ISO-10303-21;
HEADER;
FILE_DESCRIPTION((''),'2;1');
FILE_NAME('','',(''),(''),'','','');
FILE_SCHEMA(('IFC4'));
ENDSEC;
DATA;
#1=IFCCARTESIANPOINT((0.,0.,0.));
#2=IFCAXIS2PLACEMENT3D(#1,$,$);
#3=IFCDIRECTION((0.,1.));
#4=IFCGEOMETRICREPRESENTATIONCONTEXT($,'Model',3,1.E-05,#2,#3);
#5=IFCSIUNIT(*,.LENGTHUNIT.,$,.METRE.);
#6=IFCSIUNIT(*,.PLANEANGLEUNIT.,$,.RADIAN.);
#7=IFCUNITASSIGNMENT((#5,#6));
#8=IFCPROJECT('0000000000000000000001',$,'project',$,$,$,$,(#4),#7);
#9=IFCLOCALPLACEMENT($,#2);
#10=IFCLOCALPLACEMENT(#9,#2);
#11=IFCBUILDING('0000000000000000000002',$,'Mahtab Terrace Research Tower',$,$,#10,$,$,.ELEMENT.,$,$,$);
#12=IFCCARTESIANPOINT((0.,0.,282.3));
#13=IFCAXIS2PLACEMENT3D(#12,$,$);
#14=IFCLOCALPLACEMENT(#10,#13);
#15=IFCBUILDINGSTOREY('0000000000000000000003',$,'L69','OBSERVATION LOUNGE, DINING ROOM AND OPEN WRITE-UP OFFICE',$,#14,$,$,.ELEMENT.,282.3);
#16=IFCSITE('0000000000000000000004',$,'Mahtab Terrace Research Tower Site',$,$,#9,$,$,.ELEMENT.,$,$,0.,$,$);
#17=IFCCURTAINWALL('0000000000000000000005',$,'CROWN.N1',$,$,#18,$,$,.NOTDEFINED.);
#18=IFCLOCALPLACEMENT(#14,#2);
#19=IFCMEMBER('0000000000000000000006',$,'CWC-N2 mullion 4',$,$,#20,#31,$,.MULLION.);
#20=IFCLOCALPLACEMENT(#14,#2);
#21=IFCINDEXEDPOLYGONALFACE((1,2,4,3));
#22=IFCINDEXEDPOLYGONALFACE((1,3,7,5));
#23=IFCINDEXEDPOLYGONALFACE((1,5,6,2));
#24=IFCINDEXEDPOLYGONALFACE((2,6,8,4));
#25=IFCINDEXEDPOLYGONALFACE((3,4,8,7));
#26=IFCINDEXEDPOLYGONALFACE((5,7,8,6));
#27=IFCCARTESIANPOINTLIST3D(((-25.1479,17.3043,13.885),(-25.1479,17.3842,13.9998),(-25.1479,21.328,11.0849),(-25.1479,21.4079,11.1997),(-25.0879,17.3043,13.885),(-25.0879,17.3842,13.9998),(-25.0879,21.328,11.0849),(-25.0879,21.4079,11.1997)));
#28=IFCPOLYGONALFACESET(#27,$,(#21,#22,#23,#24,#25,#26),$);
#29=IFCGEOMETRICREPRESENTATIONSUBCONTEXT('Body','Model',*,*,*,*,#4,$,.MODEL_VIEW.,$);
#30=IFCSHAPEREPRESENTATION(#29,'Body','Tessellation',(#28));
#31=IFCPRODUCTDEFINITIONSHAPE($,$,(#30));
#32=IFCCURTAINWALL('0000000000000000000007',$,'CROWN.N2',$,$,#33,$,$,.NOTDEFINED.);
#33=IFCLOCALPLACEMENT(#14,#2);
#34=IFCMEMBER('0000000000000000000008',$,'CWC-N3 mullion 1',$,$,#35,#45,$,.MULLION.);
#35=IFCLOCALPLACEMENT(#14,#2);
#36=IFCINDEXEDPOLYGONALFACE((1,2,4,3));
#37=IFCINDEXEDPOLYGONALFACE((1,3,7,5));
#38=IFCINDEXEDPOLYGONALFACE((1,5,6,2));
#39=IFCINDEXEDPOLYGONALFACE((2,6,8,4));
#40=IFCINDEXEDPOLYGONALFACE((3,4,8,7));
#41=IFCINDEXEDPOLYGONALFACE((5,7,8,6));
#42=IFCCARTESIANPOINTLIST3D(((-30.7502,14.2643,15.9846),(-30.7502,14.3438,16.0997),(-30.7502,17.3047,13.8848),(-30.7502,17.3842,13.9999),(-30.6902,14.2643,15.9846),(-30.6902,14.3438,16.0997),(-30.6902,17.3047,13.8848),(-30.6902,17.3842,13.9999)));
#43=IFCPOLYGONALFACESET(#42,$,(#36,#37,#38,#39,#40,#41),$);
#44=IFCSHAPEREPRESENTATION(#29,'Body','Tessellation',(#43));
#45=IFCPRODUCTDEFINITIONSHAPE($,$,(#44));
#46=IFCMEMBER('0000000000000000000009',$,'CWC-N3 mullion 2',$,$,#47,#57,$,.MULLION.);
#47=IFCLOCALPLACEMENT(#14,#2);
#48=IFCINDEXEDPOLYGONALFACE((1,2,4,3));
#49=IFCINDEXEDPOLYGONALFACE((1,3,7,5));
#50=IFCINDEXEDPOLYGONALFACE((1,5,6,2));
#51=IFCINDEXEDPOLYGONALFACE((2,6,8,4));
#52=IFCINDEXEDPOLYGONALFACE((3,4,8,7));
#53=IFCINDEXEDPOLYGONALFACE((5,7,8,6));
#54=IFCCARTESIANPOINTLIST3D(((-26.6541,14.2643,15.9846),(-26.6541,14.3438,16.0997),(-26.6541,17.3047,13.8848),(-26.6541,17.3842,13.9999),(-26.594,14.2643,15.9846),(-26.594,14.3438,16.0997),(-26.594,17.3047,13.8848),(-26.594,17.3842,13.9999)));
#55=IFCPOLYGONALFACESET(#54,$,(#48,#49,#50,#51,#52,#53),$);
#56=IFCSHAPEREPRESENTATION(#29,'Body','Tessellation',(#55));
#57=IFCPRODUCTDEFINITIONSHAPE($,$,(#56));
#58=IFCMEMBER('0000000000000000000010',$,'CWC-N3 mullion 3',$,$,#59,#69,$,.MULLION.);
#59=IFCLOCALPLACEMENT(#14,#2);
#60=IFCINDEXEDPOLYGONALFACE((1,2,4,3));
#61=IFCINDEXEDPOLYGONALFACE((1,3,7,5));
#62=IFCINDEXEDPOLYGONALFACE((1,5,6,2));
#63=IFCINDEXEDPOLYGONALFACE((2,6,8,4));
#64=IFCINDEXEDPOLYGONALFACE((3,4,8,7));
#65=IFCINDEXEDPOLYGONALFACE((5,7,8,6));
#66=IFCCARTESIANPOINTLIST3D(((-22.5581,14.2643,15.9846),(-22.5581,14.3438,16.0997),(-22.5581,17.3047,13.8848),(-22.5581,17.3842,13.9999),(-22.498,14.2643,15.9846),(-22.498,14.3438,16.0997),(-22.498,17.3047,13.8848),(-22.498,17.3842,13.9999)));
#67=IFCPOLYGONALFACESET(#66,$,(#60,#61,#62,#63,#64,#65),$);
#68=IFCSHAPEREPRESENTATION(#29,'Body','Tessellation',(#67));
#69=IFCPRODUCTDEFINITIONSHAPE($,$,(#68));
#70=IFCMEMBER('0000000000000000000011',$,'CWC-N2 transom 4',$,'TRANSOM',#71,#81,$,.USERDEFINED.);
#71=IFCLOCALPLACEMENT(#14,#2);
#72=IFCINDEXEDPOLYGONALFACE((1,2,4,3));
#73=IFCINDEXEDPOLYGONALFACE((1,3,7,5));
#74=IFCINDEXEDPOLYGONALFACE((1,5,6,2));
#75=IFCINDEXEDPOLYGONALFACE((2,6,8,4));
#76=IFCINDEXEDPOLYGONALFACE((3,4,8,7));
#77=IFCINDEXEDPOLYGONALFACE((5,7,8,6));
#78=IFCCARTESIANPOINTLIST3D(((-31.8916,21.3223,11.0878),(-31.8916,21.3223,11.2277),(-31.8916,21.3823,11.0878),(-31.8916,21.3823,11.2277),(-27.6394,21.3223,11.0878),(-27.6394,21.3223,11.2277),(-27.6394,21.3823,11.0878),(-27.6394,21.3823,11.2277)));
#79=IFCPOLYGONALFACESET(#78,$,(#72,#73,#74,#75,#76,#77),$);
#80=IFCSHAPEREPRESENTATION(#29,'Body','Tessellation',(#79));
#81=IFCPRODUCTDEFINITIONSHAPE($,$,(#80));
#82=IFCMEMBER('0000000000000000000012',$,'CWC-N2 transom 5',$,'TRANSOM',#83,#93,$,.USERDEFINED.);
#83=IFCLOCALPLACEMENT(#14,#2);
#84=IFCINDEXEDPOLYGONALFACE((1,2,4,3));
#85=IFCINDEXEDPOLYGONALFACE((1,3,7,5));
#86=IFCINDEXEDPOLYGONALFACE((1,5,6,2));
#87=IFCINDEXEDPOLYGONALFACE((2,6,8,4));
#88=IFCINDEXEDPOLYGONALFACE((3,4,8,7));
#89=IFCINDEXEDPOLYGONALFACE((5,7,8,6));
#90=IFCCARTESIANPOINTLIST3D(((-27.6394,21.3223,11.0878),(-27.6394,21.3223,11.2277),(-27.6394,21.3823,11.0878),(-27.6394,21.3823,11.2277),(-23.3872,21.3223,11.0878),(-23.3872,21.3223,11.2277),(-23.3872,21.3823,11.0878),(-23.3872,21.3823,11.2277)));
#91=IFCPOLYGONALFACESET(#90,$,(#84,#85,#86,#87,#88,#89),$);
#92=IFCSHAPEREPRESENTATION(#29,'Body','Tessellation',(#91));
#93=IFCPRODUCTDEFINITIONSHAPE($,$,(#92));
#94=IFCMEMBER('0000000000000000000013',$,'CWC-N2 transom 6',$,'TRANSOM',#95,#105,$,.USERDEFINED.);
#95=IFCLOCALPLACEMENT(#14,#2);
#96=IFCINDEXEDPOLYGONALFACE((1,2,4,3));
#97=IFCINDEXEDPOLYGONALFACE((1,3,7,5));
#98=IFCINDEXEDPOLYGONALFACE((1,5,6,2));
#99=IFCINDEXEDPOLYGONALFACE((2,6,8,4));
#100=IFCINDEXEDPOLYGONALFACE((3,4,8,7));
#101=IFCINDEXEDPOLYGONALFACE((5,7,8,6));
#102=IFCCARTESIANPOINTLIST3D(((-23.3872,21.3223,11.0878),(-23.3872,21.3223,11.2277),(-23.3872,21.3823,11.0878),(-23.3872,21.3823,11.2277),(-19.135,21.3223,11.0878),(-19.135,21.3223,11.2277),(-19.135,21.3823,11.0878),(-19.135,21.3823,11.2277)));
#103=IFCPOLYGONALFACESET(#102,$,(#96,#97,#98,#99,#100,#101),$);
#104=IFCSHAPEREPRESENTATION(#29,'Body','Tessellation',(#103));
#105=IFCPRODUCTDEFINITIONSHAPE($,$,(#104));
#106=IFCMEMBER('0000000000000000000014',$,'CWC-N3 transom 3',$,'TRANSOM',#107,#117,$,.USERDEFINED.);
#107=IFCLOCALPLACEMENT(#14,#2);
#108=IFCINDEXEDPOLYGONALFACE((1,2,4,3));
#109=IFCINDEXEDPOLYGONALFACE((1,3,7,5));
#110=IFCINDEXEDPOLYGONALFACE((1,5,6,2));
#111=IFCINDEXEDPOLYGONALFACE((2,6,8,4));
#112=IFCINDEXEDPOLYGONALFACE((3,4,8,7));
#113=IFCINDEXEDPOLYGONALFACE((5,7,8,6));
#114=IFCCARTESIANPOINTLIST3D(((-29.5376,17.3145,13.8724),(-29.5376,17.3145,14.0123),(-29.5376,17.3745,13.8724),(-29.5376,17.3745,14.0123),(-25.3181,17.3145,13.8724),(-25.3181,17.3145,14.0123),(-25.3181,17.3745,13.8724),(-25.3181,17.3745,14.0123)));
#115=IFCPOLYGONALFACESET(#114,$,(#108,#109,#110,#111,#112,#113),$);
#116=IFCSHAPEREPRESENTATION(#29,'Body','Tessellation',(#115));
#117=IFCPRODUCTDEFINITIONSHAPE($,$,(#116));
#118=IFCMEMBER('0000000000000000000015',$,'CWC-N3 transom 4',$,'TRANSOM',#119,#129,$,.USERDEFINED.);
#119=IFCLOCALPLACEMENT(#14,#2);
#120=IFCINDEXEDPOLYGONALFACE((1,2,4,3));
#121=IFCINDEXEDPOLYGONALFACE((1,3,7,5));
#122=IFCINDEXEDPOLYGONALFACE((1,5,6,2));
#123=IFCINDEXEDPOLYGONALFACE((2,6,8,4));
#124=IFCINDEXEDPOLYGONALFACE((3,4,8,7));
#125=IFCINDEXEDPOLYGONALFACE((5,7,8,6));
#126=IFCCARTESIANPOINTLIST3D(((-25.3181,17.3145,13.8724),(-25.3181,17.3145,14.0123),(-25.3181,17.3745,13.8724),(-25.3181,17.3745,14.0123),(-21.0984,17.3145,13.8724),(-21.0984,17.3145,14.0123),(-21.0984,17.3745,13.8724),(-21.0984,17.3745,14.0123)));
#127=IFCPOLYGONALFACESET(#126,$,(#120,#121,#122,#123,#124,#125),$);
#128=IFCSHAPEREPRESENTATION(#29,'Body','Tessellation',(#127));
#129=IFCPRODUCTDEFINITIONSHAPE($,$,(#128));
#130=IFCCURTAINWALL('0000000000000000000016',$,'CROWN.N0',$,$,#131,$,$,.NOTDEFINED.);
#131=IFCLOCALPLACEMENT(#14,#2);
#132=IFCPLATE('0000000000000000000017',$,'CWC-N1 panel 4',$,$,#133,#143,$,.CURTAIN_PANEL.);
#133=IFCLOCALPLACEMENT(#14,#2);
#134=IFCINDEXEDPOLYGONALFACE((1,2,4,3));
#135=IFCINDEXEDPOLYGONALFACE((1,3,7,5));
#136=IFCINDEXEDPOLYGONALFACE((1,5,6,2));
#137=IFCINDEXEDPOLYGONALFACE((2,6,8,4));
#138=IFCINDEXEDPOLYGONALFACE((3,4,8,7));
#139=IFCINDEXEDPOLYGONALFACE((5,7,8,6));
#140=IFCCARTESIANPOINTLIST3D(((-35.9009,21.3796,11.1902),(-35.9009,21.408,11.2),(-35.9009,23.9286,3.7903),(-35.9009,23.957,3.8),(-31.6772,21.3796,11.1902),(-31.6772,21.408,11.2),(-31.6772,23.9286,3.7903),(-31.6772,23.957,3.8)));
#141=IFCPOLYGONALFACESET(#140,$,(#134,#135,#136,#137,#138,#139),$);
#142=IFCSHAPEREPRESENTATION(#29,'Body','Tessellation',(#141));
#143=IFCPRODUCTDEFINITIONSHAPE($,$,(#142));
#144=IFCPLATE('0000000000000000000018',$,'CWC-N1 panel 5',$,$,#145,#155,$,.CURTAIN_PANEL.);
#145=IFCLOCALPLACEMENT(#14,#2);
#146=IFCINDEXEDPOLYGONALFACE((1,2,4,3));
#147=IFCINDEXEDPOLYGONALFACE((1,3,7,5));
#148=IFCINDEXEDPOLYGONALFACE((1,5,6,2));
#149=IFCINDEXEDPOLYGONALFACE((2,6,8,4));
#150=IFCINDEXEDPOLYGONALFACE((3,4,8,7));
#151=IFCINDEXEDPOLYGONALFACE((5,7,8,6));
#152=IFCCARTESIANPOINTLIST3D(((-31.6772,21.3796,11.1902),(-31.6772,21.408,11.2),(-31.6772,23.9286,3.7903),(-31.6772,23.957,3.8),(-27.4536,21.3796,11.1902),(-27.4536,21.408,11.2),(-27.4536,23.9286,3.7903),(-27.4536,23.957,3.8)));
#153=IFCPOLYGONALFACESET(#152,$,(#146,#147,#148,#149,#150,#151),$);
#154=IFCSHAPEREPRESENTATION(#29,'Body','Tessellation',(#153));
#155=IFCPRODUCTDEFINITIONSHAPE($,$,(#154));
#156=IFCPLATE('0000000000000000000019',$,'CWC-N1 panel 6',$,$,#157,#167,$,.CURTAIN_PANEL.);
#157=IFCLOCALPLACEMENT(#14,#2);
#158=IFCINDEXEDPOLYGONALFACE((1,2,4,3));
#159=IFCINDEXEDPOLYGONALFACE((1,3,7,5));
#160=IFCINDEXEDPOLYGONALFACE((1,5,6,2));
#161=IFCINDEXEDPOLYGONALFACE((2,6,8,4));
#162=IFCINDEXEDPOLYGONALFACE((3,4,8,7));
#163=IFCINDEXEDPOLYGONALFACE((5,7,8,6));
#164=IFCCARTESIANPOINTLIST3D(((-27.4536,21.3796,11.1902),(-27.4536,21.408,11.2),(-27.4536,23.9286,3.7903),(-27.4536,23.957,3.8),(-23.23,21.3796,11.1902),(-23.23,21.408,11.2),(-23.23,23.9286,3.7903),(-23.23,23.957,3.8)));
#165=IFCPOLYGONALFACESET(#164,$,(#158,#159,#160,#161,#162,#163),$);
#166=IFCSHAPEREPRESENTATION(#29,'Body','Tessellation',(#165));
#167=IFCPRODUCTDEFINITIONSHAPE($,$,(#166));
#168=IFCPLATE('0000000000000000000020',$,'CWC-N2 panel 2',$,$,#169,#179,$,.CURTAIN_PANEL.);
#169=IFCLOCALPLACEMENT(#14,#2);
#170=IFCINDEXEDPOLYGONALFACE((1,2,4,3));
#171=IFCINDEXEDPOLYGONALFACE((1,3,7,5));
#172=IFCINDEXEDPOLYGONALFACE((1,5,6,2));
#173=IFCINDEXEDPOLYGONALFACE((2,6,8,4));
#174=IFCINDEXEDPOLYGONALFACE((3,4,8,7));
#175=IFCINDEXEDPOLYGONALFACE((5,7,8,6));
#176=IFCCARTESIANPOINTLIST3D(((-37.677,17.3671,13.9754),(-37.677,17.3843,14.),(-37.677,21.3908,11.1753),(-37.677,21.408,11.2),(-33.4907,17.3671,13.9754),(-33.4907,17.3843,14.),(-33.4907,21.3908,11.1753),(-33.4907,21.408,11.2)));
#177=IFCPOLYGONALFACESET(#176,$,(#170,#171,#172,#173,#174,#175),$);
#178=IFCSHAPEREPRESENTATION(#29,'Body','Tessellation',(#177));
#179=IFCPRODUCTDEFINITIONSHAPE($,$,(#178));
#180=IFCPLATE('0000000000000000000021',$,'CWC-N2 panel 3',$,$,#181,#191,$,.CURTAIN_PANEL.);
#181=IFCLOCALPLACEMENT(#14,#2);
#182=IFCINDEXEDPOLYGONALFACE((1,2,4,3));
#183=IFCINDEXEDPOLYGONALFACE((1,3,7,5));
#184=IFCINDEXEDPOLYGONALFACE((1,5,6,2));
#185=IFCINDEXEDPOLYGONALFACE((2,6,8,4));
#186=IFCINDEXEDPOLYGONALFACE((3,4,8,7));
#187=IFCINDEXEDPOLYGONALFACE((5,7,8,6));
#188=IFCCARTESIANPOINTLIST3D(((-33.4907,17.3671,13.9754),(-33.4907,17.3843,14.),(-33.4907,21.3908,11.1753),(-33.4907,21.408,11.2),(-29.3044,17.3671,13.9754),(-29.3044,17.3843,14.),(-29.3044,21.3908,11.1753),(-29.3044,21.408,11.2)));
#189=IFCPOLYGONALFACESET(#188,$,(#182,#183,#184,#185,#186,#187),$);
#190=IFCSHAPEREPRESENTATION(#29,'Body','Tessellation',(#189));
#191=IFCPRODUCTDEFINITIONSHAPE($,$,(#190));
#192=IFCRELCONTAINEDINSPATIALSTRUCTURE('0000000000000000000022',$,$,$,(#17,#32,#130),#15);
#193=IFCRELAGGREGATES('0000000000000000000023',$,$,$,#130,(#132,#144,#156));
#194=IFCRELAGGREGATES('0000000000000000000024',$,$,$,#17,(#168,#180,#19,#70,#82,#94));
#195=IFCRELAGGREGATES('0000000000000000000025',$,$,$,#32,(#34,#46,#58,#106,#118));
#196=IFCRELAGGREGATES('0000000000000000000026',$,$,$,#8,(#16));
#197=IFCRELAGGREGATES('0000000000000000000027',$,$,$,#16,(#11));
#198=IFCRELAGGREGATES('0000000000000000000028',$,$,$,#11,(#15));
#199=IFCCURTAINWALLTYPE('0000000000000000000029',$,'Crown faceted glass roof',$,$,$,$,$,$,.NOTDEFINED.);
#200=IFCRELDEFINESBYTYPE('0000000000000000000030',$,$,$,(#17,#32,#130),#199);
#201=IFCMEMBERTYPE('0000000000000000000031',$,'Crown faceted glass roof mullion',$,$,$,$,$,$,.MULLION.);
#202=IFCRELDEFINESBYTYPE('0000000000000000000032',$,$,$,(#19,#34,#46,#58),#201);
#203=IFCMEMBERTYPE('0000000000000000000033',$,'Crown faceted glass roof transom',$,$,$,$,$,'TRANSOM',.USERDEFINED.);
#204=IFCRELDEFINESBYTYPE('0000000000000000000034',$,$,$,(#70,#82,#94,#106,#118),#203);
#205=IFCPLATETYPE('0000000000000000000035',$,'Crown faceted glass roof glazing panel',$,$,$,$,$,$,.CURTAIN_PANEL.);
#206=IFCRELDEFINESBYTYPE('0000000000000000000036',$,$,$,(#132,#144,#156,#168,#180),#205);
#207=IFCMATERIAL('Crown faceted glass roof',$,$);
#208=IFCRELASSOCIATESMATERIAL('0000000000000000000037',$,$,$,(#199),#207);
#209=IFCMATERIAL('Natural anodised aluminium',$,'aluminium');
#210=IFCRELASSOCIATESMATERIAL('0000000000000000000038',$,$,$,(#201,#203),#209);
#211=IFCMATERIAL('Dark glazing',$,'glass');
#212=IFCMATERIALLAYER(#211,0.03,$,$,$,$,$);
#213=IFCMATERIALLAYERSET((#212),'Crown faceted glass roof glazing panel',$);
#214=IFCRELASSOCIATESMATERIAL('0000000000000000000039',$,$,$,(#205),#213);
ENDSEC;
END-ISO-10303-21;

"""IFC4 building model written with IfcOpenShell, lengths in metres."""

from ifc_helpers import new_model, si_unit, direction, frame, origin, origin_2d, place, context, subcontext, project, spatial, polyline, rectangle, outline, extrude, material, layer, layer_set, material_profile, profile_set, type_object, element, aggregate, save


model = new_model("IFC4")

# Units and contexts
model_context = context("Model", 3, precision=1e-05, world=origin(), true_north=direction((0.0, 1.0)))
body_context = subcontext(model_context, "Body", "Model", "MODEL_VIEW")
ifc_project = project(units=[si_unit("LENGTHUNIT", "METRE"), si_unit("PLANEANGLEUNIT", "RADIAN")], contexts=[model_context])

# Site, building, storey
site_placement = place(None, origin())
site = spatial("IfcSite", under=ifc_project, at=site_placement, Name="Mahtab Terrace Research Tower Site", CompositionType="ELEMENT", RefElevation=0.0)
building_placement = place(site_placement, origin())
building = spatial("IfcBuilding", under=site, at=building_placement, Name="Mahtab Terrace Research Tower", CompositionType="ELEMENT")
storey_placement = place(building_placement, frame((0.0, 0.0, 282.3)))
storey = spatial("IfcBuildingStorey", under=building, at=storey_placement, Name="L69", Description="OBSERVATION LOUNGE, DINING ROOM AND OPEN WRITE-UP OFFICE", CompositionType="ELEMENT", Elevation=282.3)

# Curtain wall, member
ifc_material_1 = material(Name="Crown faceted glass roof")
curtain_wall_type = type_object("IfcCurtainWallType", Name="Crown faceted glass roof", PredefinedType="NOTDEFINED", material=ifc_material_1)
curtain_wall_1_placement = place(storey_placement, origin())
curtain_wall_1 = element("IfcCurtainWall", 1, at=curtain_wall_1_placement, inside=storey, type_object=curtain_wall_type, Name="CROWN.N1", PredefinedType="NOTDEFINED")
ifc_material_2 = material(Name="Natural anodised aluminium", Category="aluminium")
ifc_material_profile_1 = material_profile(ifc_material_2, rectangle(XDim=0.0601, YDim=0.1399, at=origin_2d()), Name="MULLION 60x140")
ifc_profile_set_1 = profile_set([ifc_material_profile_1], Name="Natural anodised aluminium")
member_type_1 = type_object("IfcMemberType", Name="Crown faceted glass roof mullion", PredefinedType="MULLION", material=ifc_profile_set_1)
member_1_placement = place(storey_placement, frame((-25.1179, 21.3679, 11.1423), z_axis=(0.0, -0.820813, 0.571197), x_axis=(1.0, 0.0, 0.0)))
member_1 = element("IfcMember", 2, at=member_1_placement, type_object=member_type_1, Name="CWC-N2 mullion 4", PredefinedType="MULLION", context=body_context, shape_type="SweptSolid", body=[
    extrude(rectangle(XDim=0.0601, YDim=0.1399, at=origin_2d()), origin(), (0.0, 0.0, 1.0), 4.9021),
])

# Curtain wall, members
curtain_wall_2_placement = place(storey_placement, origin())
curtain_wall_2 = element("IfcCurtainWall", 3, at=curtain_wall_2_placement, inside=storey, type_object=curtain_wall_type, Name="CROWN.N2", PredefinedType="NOTDEFINED")
member_2_placement = place(storey_placement, frame((-30.7202, 17.3445, 13.9424), z_axis=(0.0, -0.822841, 0.568272), x_axis=(1.0, 0.0, 0.0)))
member_2 = element("IfcMember", 4, at=member_2_placement, type_object=member_type_1, Name="CWC-N3 mullion 1", PredefinedType="MULLION", context=body_context, shape_type="SweptSolid", body=[
    extrude(rectangle(XDim=0.0601, YDim=0.1399, at=origin_2d()), origin(), (0.0, 0.0, 1.0), 3.6951),
])
member_3_placement = place(storey_placement, frame((-26.624, 17.3445, 13.9424), z_axis=(0.0, -0.822841, 0.568272), x_axis=(1.0, 0.0, 0.0)))
member_3 = element("IfcMember", 5, at=member_3_placement, type_object=member_type_1, Name="CWC-N3 mullion 2", PredefinedType="MULLION", context=body_context, shape_type="SweptSolid", body=[
    extrude(rectangle(XDim=0.0601, YDim=0.1399, at=origin_2d()), origin(), (0.0, 0.0, 1.0), 3.6951),
])
member_4_placement = place(storey_placement, frame((-22.5281, 17.3445, 13.9424), z_axis=(0.0, -0.822841, 0.568272), x_axis=(1.0, 0.0, 0.0)))
member_4 = element("IfcMember", 6, at=member_4_placement, type_object=member_type_1, Name="CWC-N3 mullion 3", PredefinedType="MULLION", context=body_context, shape_type="SweptSolid", body=[
    extrude(rectangle(XDim=0.0601, YDim=0.1399, at=origin_2d()), origin(), (0.0, 0.0, 1.0), 3.6951),
])

# Members
ifc_material_profile_2 = material_profile(ifc_material_2, rectangle(XDim=0.0601, YDim=0.1399, at=origin_2d()), Name="TRANSOM 60x140")
ifc_profile_set_2 = profile_set([ifc_material_profile_2], Name="Natural anodised aluminium")
member_type_2 = type_object("IfcMemberType", Name="Crown faceted glass roof transom", ElementType="TRANSOM", PredefinedType="USERDEFINED", material=ifc_profile_set_2)
member_5_placement = place(storey_placement, frame((-31.8916, 21.3523, 11.1577), z_axis=(1.0, 0.0, 0.0), x_axis=(0.0, 1.0, 0.0)))
member_5 = element("IfcMember", 7, at=member_5_placement, type_object=member_type_2, Name="CWC-N2 transom 4", ObjectType="TRANSOM", PredefinedType="USERDEFINED", context=body_context, shape_type="SweptSolid", body=[
    extrude(rectangle(XDim=0.0601, YDim=0.1399, at=origin_2d()), origin(), (0.0, 0.0, 1.0), 4.2522),
])
member_6_placement = place(storey_placement, frame((-27.6394, 21.3523, 11.1577), z_axis=(1.0, 0.0, 0.0), x_axis=(0.0, 1.0, 0.0)))
member_6 = element("IfcMember", 8, at=member_6_placement, type_object=member_type_2, Name="CWC-N2 transom 5", ObjectType="TRANSOM", PredefinedType="USERDEFINED", context=body_context, shape_type="SweptSolid", body=[
    extrude(rectangle(XDim=0.0601, YDim=0.1399, at=origin_2d()), origin(), (0.0, 0.0, 1.0), 4.2522),
])
member_7_placement = place(storey_placement, frame((-23.3872, 21.3523, 11.1577), z_axis=(1.0, 0.0, 0.0), x_axis=(0.0, 1.0, 0.0)))
member_7 = element("IfcMember", 9, at=member_7_placement, type_object=member_type_2, Name="CWC-N2 transom 6", ObjectType="TRANSOM", PredefinedType="USERDEFINED", context=body_context, shape_type="SweptSolid", body=[
    extrude(rectangle(XDim=0.0601, YDim=0.1399, at=origin_2d()), origin(), (0.0, 0.0, 1.0), 4.2522),
])
member_8_placement = place(storey_placement, frame((-29.5376, 17.3445, 13.9424), z_axis=(1.0, 0.0, 0.0), x_axis=(0.0, 1.0, 0.0)))
member_8 = element("IfcMember", 10, at=member_8_placement, type_object=member_type_2, Name="CWC-N3 transom 3", ObjectType="TRANSOM", PredefinedType="USERDEFINED", context=body_context, shape_type="SweptSolid", body=[
    extrude(rectangle(XDim=0.0601, YDim=0.1399, at=origin_2d()), origin(), (0.0, 0.0, 1.0), 4.2195),
])
member_9_placement = place(storey_placement, frame((-25.3181, 17.3445, 13.9424), z_axis=(1.0, 0.0, 0.0), x_axis=(0.0, 1.0, 0.0)))
member_9 = element("IfcMember", 11, at=member_9_placement, type_object=member_type_2, Name="CWC-N3 transom 4", ObjectType="TRANSOM", PredefinedType="USERDEFINED", context=body_context, shape_type="SweptSolid", body=[
    extrude(rectangle(XDim=0.0601, YDim=0.1399, at=origin_2d()), origin(), (0.0, 0.0, 1.0), 4.2197),
])

# Curtain wall, plates
curtain_wall_3_placement = place(storey_placement, origin())
curtain_wall_3 = element("IfcCurtainWall", 12, at=curtain_wall_3_placement, inside=storey, type_object=curtain_wall_type, Name="CROWN.N0", PredefinedType="NOTDEFINED")
ifc_material_3 = material(Name="Dark glazing", Category="glass")
ifc_layer_1 = layer(ifc_material_3, 0.03)
ifc_layer_set_1 = layer_set([ifc_layer_1], Name="Crown faceted glass roof glazing panel")
plate_type = type_object("IfcPlateType", Name="Crown faceted glass roof glazing panel", PredefinedType="CURTAIN_PANEL", material=ifc_layer_set_1)
plate_1_placement = place(storey_placement, frame((-31.6772, 21.408, 11.2), z_axis=(0.0, 0.945476, 0.325692), x_axis=(0.0, 0.325692, -0.945476)))
plate_1 = element("IfcPlate", 13, at=plate_1_placement, type_object=plate_type, Name="CWC-N1 panel 4", PredefinedType="CURTAIN_PANEL", context=body_context, shape_type="SweptSolid", body=[
    extrude(outline(polyline([(0.0, 0.0), (7.8266, 0.0), (7.8266, 4.2236), (0.0, 4.2236), (0.0, 0.0)])), origin(), (0.0, 0.0, -1.0), 0.03),
])
plate_2_placement = place(storey_placement, frame((-27.4536, 21.408, 11.2), z_axis=(0.0, 0.945476, 0.325692), x_axis=(0.0, 0.325692, -0.945476)))
plate_2 = element("IfcPlate", 14, at=plate_2_placement, type_object=plate_type, Name="CWC-N1 panel 5", PredefinedType="CURTAIN_PANEL", context=body_context, shape_type="SweptSolid", body=[
    extrude(outline(polyline([(0.0, 0.0), (7.8266, 0.0), (7.8266, 4.2236), (0.0, 4.2236), (0.0, 0.0)])), origin(), (0.0, 0.0, -1.0), 0.03),
])
plate_3_placement = place(storey_placement, frame((-23.23, 21.408, 11.2), z_axis=(0.0, 0.945476, 0.325692), x_axis=(0.0, 0.325692, -0.945476)))
plate_3 = element("IfcPlate", 15, at=plate_3_placement, type_object=plate_type, Name="CWC-N1 panel 6", PredefinedType="CURTAIN_PANEL", context=body_context, shape_type="SweptSolid", body=[
    extrude(outline(polyline([(0.0, 0.0), (7.8266, 0.0), (7.8266, 4.2236), (0.0, 4.2236), (0.0, 0.0)])), origin(), (0.0, 0.0, -1.0), 0.03),
])
aggregate(curtain_wall_3, [plate_1, plate_2, plate_3])

# Plates
plate_4_placement = place(storey_placement, frame((-33.4907, 17.3843, 14.0), z_axis=(0.0, 0.571197, 0.820813), x_axis=(0.0, 0.820813, -0.571197)))
plate_4 = element("IfcPlate", 16, at=plate_4_placement, type_object=plate_type, Name="CWC-N2 panel 2", PredefinedType="CURTAIN_PANEL", context=body_context, shape_type="SweptSolid", body=[
    extrude(outline(polyline([(0.0, 0.0), (4.9021, 0.0), (4.9021, 4.1863), (0.0, 4.1863), (0.0, 0.0)])), origin(), (0.0, 0.0, -1.0), 0.03),
])
plate_5_placement = place(storey_placement, frame((-29.3044, 17.3843, 14.0), z_axis=(0.0, 0.571197, 0.820813), x_axis=(0.0, 0.820813, -0.571197)))
plate_5 = element("IfcPlate", 17, at=plate_5_placement, type_object=plate_type, Name="CWC-N2 panel 3", PredefinedType="CURTAIN_PANEL", context=body_context, shape_type="SweptSolid", body=[
    extrude(outline(polyline([(0.0, 0.0), (4.9021, 0.0), (4.9021, 4.1863), (0.0, 4.1863), (0.0, 0.0)])), origin(), (0.0, 0.0, -1.0), 0.03),
])
aggregate(curtain_wall_1, [plate_4, plate_5, member_1, member_5, member_6, member_7])
aggregate(curtain_wall_2, [member_2, member_3, member_4, member_8, member_9])

save(model, "model.ifc")
